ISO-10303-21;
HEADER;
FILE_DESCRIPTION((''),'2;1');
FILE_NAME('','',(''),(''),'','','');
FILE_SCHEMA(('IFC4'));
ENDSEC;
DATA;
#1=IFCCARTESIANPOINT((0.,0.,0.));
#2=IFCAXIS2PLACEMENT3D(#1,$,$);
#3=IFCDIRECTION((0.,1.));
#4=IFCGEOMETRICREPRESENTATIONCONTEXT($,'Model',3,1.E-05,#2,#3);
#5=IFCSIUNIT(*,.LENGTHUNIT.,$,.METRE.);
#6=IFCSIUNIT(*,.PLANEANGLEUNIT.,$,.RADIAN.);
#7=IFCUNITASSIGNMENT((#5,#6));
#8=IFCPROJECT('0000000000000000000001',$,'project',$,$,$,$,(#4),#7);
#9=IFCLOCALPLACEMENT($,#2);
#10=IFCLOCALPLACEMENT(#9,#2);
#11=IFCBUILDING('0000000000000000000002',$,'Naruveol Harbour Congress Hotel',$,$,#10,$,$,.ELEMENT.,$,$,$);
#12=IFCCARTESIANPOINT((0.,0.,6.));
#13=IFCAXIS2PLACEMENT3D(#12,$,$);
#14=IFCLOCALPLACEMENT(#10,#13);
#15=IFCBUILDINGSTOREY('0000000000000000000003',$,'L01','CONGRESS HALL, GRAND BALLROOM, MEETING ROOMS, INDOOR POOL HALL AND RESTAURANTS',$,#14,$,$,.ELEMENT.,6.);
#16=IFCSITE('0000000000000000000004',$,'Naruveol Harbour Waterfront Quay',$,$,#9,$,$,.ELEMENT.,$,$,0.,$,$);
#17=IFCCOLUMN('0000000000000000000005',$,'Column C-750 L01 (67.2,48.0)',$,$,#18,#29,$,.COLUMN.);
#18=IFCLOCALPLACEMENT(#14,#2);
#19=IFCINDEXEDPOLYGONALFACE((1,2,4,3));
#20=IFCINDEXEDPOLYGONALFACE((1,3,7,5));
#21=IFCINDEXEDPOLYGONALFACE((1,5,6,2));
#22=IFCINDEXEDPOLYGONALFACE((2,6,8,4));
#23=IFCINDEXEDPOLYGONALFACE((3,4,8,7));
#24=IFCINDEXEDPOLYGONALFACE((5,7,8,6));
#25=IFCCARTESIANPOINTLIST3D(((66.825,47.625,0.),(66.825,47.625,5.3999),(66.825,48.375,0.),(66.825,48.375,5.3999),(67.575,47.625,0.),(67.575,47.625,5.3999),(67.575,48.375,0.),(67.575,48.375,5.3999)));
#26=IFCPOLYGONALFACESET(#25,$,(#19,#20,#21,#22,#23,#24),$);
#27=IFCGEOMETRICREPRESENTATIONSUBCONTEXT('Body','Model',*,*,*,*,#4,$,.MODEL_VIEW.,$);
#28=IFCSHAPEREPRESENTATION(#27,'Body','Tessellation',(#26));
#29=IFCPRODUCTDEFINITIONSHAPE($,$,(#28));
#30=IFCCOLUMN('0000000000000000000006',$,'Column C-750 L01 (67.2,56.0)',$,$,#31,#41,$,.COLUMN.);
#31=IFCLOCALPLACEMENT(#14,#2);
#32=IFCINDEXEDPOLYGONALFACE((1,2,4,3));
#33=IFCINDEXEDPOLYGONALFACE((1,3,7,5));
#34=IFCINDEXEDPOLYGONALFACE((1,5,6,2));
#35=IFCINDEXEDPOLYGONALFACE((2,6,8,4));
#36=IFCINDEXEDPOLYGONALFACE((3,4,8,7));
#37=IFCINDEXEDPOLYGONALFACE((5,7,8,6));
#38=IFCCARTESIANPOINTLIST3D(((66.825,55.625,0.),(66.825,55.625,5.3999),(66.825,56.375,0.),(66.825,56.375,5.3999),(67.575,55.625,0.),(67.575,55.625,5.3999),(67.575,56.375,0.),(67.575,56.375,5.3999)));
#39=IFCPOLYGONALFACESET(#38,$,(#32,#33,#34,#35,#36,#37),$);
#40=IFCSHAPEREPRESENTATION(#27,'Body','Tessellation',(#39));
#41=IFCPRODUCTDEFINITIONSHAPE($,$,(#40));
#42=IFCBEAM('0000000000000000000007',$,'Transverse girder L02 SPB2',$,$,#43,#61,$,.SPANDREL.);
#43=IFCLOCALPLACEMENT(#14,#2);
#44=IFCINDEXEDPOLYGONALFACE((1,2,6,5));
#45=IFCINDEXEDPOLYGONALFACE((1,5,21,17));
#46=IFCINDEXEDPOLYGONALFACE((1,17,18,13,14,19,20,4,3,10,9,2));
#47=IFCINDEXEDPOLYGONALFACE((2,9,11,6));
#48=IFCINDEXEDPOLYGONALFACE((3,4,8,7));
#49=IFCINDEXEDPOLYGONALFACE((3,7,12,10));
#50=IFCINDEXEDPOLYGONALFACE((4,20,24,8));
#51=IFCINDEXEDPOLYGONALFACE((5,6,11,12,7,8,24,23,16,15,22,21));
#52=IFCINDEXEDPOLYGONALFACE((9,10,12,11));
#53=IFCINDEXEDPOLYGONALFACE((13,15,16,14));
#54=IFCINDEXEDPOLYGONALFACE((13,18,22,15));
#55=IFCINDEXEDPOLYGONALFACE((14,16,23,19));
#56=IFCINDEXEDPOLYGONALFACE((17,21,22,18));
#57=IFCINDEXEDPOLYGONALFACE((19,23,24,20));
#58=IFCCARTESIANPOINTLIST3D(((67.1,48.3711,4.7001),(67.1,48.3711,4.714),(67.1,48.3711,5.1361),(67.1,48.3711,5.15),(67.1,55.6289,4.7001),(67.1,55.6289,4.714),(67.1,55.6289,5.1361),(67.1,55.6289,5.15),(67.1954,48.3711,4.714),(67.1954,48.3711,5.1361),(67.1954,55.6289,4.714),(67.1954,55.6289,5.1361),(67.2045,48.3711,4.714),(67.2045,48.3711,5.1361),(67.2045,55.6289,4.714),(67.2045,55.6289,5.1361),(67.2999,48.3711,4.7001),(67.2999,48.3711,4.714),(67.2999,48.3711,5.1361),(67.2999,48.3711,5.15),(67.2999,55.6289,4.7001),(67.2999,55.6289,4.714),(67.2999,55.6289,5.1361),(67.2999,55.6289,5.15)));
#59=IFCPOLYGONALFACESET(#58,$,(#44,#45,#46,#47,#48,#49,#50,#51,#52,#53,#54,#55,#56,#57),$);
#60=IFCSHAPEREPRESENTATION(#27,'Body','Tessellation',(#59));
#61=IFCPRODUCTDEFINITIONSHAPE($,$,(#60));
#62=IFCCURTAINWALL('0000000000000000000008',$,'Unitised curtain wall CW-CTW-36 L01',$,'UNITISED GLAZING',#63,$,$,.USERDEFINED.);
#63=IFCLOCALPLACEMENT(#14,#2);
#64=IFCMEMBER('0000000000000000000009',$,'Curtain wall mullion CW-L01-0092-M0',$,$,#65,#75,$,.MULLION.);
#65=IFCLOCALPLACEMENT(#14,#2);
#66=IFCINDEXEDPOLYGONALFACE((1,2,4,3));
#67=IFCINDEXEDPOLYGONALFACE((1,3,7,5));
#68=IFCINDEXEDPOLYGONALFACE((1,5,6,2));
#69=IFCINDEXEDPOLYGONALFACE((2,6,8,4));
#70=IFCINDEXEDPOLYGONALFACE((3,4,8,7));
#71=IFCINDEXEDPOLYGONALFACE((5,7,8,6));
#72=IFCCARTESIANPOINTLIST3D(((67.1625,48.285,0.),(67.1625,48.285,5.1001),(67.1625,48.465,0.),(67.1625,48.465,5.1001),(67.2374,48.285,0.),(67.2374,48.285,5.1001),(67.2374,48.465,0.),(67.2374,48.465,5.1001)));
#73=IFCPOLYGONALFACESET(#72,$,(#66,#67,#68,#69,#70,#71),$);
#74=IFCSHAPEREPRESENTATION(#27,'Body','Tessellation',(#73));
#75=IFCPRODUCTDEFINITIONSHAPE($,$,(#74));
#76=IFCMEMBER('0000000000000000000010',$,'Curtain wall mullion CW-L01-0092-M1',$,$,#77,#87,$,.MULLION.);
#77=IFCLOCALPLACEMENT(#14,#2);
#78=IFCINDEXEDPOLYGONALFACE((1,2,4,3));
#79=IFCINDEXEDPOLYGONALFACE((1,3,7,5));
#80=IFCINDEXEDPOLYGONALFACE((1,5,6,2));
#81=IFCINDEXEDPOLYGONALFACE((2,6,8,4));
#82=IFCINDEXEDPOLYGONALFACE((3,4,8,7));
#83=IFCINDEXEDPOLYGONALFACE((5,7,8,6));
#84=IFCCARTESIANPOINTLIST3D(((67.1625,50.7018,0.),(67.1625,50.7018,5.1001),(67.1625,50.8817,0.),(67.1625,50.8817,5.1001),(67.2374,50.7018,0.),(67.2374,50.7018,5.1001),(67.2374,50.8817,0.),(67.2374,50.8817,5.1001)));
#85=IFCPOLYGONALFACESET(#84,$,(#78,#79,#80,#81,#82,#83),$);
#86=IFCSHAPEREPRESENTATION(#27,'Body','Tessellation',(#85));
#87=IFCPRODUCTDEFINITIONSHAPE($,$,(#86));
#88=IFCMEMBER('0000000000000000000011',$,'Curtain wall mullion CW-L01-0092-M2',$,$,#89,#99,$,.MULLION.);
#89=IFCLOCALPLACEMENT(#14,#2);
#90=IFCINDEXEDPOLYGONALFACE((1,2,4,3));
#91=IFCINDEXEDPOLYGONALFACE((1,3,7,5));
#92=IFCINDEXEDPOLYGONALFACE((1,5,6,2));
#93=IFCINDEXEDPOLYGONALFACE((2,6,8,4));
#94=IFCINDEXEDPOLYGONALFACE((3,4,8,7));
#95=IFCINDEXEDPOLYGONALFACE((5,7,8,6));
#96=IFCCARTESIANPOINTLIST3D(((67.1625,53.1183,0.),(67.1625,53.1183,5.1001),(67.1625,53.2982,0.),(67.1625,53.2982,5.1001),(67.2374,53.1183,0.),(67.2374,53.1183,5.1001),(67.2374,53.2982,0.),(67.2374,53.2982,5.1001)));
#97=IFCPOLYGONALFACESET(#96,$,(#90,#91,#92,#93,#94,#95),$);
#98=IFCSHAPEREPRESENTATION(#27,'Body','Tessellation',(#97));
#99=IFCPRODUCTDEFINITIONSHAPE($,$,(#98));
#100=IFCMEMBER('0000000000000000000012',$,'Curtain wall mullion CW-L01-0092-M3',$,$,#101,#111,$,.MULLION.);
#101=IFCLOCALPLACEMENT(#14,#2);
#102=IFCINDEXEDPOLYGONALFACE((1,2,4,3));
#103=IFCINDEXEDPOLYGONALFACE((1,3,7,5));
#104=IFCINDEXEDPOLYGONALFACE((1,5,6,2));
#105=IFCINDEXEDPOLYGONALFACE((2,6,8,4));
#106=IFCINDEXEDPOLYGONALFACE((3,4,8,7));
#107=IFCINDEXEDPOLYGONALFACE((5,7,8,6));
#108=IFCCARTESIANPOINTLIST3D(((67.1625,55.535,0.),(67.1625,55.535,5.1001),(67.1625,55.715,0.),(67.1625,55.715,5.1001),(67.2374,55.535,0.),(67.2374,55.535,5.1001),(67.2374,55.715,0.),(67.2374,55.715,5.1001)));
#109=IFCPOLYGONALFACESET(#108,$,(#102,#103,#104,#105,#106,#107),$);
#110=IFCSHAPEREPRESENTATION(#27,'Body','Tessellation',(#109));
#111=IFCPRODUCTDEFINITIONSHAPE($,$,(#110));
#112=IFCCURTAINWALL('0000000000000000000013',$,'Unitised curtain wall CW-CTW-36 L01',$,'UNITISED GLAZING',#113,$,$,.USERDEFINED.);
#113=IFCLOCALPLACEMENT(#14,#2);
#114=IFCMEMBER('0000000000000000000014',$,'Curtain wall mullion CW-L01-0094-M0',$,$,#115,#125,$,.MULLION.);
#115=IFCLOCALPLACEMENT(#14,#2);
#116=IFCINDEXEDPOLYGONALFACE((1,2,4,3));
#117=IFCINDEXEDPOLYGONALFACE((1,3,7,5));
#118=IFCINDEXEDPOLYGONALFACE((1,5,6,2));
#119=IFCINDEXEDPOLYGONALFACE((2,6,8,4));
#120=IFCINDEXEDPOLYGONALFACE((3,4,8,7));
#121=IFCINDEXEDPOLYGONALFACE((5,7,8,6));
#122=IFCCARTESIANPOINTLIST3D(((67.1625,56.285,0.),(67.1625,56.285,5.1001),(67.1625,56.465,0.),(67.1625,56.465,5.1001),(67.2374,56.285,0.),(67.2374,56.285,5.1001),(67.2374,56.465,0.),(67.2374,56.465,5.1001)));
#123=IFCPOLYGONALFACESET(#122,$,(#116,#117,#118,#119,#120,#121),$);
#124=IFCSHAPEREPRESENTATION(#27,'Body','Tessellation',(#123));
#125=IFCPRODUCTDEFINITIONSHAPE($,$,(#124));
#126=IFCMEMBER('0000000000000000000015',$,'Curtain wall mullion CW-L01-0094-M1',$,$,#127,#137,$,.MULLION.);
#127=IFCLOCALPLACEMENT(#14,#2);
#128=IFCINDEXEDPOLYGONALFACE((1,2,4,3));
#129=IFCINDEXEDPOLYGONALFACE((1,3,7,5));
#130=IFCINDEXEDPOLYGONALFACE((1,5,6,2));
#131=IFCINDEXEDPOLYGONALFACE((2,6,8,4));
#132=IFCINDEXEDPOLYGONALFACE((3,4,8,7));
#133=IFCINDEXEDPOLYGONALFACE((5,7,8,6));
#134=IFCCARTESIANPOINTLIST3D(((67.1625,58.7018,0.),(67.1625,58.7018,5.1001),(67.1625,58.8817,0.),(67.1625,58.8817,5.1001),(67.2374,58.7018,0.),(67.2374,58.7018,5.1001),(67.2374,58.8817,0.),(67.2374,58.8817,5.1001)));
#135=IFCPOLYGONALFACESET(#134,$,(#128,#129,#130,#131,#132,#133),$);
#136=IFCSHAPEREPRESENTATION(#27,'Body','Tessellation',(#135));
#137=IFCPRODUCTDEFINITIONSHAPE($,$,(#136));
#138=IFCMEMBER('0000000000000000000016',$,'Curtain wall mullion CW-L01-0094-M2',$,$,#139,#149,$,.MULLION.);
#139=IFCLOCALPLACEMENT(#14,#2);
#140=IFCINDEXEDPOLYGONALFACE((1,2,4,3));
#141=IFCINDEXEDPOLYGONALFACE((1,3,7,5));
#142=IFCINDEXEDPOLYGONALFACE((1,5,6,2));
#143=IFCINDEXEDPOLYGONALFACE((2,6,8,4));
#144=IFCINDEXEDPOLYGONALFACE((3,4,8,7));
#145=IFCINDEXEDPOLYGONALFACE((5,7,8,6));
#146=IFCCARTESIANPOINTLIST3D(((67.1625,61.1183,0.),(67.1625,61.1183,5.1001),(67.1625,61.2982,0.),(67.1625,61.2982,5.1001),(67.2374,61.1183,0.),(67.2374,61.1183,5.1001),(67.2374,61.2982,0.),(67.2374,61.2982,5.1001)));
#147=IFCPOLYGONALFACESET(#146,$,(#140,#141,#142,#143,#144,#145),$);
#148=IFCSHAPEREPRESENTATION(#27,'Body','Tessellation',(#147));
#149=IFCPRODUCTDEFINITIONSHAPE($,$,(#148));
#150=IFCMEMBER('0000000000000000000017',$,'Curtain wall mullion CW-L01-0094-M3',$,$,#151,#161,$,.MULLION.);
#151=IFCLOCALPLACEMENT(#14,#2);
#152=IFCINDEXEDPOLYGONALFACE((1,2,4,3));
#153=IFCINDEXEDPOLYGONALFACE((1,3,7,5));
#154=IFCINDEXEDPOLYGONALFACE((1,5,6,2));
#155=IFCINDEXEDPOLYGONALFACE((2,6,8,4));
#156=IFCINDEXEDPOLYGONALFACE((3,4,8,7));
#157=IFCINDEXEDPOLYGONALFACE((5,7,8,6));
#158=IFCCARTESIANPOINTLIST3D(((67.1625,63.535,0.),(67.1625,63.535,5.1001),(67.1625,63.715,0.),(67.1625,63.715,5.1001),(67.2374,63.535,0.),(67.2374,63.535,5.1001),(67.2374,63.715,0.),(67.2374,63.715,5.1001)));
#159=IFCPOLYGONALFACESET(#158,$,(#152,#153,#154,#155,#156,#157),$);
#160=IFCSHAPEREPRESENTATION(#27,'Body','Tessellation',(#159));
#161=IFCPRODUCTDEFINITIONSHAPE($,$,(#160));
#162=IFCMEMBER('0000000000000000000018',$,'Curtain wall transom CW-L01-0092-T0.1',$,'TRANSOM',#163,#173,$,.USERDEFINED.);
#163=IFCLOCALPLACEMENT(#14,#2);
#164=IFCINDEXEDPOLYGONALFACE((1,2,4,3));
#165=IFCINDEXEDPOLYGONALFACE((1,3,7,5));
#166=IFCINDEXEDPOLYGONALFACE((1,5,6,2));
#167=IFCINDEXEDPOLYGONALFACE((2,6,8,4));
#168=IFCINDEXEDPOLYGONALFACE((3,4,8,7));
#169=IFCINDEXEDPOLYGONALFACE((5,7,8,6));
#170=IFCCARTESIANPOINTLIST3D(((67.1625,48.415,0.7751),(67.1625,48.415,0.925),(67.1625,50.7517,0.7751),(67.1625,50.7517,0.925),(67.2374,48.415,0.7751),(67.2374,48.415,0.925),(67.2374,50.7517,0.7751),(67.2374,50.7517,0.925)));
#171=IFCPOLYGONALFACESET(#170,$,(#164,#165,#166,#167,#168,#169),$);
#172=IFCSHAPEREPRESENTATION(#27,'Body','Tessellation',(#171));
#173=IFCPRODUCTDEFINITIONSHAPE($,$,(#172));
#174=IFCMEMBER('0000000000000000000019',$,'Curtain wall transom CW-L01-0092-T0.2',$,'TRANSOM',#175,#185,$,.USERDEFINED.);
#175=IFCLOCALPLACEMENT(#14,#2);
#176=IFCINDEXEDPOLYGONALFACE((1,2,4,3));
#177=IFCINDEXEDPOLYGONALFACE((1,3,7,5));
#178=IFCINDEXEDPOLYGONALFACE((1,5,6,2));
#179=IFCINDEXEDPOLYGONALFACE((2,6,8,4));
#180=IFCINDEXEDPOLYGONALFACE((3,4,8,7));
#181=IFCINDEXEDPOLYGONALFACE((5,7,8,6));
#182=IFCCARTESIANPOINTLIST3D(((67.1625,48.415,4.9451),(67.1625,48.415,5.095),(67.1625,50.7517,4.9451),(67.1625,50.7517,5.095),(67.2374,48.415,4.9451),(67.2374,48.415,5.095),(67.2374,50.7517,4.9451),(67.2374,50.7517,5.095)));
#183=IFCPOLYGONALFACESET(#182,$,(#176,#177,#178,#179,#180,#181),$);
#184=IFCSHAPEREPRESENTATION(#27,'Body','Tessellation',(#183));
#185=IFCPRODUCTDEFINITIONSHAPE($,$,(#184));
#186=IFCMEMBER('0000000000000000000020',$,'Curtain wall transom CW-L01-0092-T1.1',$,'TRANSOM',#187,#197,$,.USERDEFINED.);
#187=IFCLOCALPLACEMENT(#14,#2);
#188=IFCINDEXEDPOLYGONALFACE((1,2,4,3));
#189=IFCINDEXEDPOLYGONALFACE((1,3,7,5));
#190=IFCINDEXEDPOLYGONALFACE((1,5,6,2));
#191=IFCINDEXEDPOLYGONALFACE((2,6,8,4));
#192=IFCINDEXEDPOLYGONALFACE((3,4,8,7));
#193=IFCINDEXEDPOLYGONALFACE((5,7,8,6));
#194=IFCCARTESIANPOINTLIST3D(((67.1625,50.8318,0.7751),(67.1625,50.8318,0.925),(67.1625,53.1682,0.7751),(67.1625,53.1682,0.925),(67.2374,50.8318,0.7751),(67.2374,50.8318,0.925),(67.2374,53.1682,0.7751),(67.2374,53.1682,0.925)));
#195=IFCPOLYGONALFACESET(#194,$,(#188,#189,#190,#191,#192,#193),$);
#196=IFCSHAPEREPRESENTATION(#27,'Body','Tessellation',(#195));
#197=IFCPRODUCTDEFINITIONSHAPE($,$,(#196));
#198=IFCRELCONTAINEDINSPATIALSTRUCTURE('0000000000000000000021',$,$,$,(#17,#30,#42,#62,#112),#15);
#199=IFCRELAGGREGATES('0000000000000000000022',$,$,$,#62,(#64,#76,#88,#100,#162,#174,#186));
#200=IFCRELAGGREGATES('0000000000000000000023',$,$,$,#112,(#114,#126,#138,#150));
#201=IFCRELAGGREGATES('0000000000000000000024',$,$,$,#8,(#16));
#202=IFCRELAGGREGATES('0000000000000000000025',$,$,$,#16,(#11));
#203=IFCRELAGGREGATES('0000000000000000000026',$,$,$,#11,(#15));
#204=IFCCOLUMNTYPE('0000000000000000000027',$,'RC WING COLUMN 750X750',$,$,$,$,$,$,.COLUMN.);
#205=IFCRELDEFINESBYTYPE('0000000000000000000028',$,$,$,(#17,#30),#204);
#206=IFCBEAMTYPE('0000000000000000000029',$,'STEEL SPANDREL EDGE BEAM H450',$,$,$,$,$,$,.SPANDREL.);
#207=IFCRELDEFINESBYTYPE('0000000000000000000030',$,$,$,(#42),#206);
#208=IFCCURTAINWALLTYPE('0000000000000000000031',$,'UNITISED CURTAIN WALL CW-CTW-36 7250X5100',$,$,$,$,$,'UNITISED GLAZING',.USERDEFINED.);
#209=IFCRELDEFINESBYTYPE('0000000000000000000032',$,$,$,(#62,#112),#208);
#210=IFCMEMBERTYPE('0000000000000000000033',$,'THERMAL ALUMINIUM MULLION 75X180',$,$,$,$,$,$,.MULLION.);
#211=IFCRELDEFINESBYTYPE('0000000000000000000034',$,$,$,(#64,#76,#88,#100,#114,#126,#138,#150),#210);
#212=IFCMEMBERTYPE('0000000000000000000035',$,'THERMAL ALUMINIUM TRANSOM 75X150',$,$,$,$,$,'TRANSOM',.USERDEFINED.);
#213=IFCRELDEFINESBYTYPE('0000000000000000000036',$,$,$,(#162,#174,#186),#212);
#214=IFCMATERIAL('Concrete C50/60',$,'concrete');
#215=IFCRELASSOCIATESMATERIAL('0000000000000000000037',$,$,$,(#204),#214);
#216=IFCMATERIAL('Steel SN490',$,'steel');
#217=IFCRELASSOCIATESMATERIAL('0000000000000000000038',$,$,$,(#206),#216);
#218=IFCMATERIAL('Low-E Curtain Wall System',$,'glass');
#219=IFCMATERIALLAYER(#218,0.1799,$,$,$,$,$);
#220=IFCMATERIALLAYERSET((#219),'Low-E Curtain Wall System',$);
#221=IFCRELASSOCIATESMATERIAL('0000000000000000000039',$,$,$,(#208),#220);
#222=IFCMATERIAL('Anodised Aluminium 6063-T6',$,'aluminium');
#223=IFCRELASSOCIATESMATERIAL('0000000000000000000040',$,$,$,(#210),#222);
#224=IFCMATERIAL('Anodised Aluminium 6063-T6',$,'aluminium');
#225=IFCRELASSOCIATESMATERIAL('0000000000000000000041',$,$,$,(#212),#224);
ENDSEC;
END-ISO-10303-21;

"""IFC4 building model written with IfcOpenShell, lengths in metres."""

from ifc_helpers import new_model, si_unit, direction, frame, origin, origin_2d, place, context, subcontext, project, spatial, rectangle, i_section, extrude, material, layer, layer_set, material_profile, profile_set, type_object, element, aggregate, save


model = new_model("IFC4")

# Units and contexts
model_context = context("Model", 3, precision=1e-05, world=origin(), true_north=direction((0.0, 1.0)))
body_context = subcontext(model_context, "Body", "Model", "MODEL_VIEW")
ifc_project = project(units=[si_unit("LENGTHUNIT", "METRE"), si_unit("PLANEANGLEUNIT", "RADIAN")], contexts=[model_context])

# Site, building, storey
site_placement = place(None, origin())
site = spatial("IfcSite", under=ifc_project, at=site_placement, Name="Naruveol Harbour Waterfront Quay", CompositionType="ELEMENT", RefElevation=0.0)
building_placement = place(site_placement, origin())
building = spatial("IfcBuilding", under=site, at=building_placement, Name="Naruveol Harbour Congress Hotel", CompositionType="ELEMENT")
storey_placement = place(building_placement, frame((0.0, 0.0, 6.0)))
storey = spatial("IfcBuildingStorey", under=building, at=storey_placement, Name="L01", Description="CONGRESS HALL, GRAND BALLROOM, MEETING ROOMS, INDOOR POOL HALL AND RESTAURANTS", CompositionType="ELEMENT", Elevation=6.0)

# Columns
ifc_material_1 = material(Name="Concrete C50/60", Category="concrete")
ifc_material_profile_1 = material_profile(ifc_material_1, rectangle(XDim=0.75, YDim=0.75, at=origin_2d()), Name="RC-750x750")
ifc_profile_set_1 = profile_set([ifc_material_profile_1], Name="Concrete C50/60")
column_type = type_object("IfcColumnType", Name="RC WING COLUMN 750X750", PredefinedType="COLUMN", material=ifc_profile_set_1)
for number, where, z_axis, x_axis, name in (
    (1, (67.2, 48.0, 0.0), (0.0, 0.0, 1.0), (1.0, 0.0, 0.0), "Column C-750 L01 (67.2,48.0)"),
    (2, (67.2, 56.0, 0.0), (0.0, 0.0, 1.0), (1.0, 0.0, 0.0), "Column C-750 L01 (67.2,56.0)"),
):
    element("IfcColumn", number, at=place(storey_placement, frame(where, z_axis=z_axis, x_axis=x_axis)), inside=storey, type_object=column_type, Name=name, PredefinedType="COLUMN", context=body_context, shape_type="SweptSolid", body=[
        extrude(rectangle(XDim=0.75, YDim=0.75, at=origin_2d()), origin(), (0.0, 0.0, 1.0), 5.3999),
    ])

# Beam
ifc_material_2 = material(Name="Steel SN490", Category="steel")
ifc_material_profile_2 = material_profile(ifc_material_2, i_section(OverallWidth=0.2, OverallDepth=0.45, WebThickness=0.009, FlangeThickness=0.0139, at=origin_2d()), Name="H-450x200x9x14")
ifc_profile_set_2 = profile_set([ifc_material_profile_2], Name="Steel SN490")
beam_type = type_object("IfcBeamType", Name="STEEL SPANDREL EDGE BEAM H450", PredefinedType="SPANDREL", material=ifc_profile_set_2)
beam_placement = place(storey_placement, frame((67.2, 48.3711, 4.925), z_axis=(0.0, 1.0, 0.0), x_axis=(-1.0, 0.0, 0.0)))
element("IfcBeam", 3, at=beam_placement, inside=storey, type_object=beam_type, Name="Transverse girder L02 SPB2", PredefinedType="SPANDREL", context=body_context, shape_type="SweptSolid", body=[
    extrude(i_section(OverallWidth=0.2, OverallDepth=0.45, WebThickness=0.009, FlangeThickness=0.0139, at=origin_2d()), origin(), (0.0, 0.0, 1.0), 7.2578),
])

# Curtain walls, members
ifc_material_3 = material(Name="Low-E Curtain Wall System", Category="glass")
ifc_layer_1 = layer(ifc_material_3, 0.1799)
ifc_layer_set_1 = layer_set([ifc_layer_1], Name="Low-E Curtain Wall System")
curtain_wall_type_1 = type_object("IfcCurtainWallType", Name="UNITISED CURTAIN WALL CW-CTW-36 7250X5100", ElementType="UNITISED GLAZING", PredefinedType="USERDEFINED", material=ifc_layer_set_1)
curtain_wall_1_placement = place(storey_placement, origin())
curtain_wall_1 = element("IfcCurtainWall", 4, at=curtain_wall_1_placement, inside=storey, type_object=curtain_wall_type_1, Name="Unitised curtain wall CW-CTW-36 L01", ObjectType="UNITISED GLAZING", PredefinedType="USERDEFINED")
ifc_material_4 = material(Name="Anodised Aluminium 6063-T6", Category="aluminium")
ifc_material_profile_3 = material_profile(ifc_material_4, rectangle(XDim=0.075, YDim=0.1799, at=origin_2d()), Name="ALU-75x180")
ifc_profile_set_3 = profile_set([ifc_material_profile_3], Name="Anodised Aluminium 6063-T6")
member_type_1 = type_object("IfcMemberType", Name="THERMAL ALUMINIUM MULLION 75X180", PredefinedType="MULLION", material=ifc_profile_set_3)
member_1_placement = place(storey_placement, frame((67.2, 48.375, 0.0), z_axis=(0.0, 0.0, 1.0), x_axis=(1.0, 0.0, 0.0)))
member_1 = element("IfcMember", 5, at=member_1_placement, type_object=member_type_1, Name="Curtain wall mullion CW-L01-0092-M0", PredefinedType="MULLION", context=body_context, shape_type="SweptSolid", body=[
    extrude(rectangle(XDim=0.075, YDim=0.1799, at=origin_2d()), origin(), (0.0, 0.0, 1.0), 5.1001),
])
member_2_placement = place(storey_placement, frame((67.2, 50.7917, 0.0), z_axis=(0.0, 0.0, 1.0), x_axis=(1.0, 0.0, 0.0)))
member_2 = element("IfcMember", 6, at=member_2_placement, type_object=member_type_1, Name="Curtain wall mullion CW-L01-0092-M1", PredefinedType="MULLION", context=body_context, shape_type="SweptSolid", body=[
    extrude(rectangle(XDim=0.075, YDim=0.1799, at=origin_2d()), origin(), (0.0, 0.0, 1.0), 5.1001),
])
member_3_placement = place(storey_placement, frame((67.2, 53.2083, 0.0), z_axis=(0.0, 0.0, 1.0), x_axis=(1.0, 0.0, 0.0)))
member_3 = element("IfcMember", 7, at=member_3_placement, type_object=member_type_1, Name="Curtain wall mullion CW-L01-0092-M2", PredefinedType="MULLION", context=body_context, shape_type="SweptSolid", body=[
    extrude(rectangle(XDim=0.075, YDim=0.1799, at=origin_2d()), origin(), (0.0, 0.0, 1.0), 5.1001),
])
member_4_placement = place(storey_placement, frame((67.2, 55.625, 0.0), z_axis=(0.0, 0.0, 1.0), x_axis=(1.0, 0.0, 0.0)))
member_4 = element("IfcMember", 8, at=member_4_placement, type_object=member_type_1, Name="Curtain wall mullion CW-L01-0092-M3", PredefinedType="MULLION", context=body_context, shape_type="SweptSolid", body=[
    extrude(rectangle(XDim=0.075, YDim=0.1799, at=origin_2d()), origin(), (0.0, 0.0, 1.0), 5.1001),
])
curtain_wall_2_placement = place(storey_placement, origin())
curtain_wall_2 = element("IfcCurtainWall", 9, at=curtain_wall_2_placement, inside=storey, type_object=curtain_wall_type_1, Name="Unitised curtain wall CW-CTW-36 L01", ObjectType="UNITISED GLAZING", PredefinedType="USERDEFINED")
member_5_placement = place(storey_placement, frame((67.2, 56.375, 0.0), z_axis=(0.0, 0.0, 1.0), x_axis=(1.0, 0.0, 0.0)))
member_5 = element("IfcMember", 10, at=member_5_placement, type_object=member_type_1, Name="Curtain wall mullion CW-L01-0094-M0", PredefinedType="MULLION", context=body_context, shape_type="SweptSolid", body=[
    extrude(rectangle(XDim=0.075, YDim=0.1799, at=origin_2d()), origin(), (0.0, 0.0, 1.0), 5.1001),
])
member_6_placement = place(storey_placement, frame((67.2, 58.7917, 0.0), z_axis=(0.0, 0.0, 1.0), x_axis=(1.0, 0.0, 0.0)))
member_6 = element("IfcMember", 11, at=member_6_placement, type_object=member_type_1, Name="Curtain wall mullion CW-L01-0094-M1", PredefinedType="MULLION", context=body_context, shape_type="SweptSolid", body=[
    extrude(rectangle(XDim=0.075, YDim=0.1799, at=origin_2d()), origin(), (0.0, 0.0, 1.0), 5.1001),
])
member_7_placement = place(storey_placement, frame((67.2, 61.2083, 0.0), z_axis=(0.0, 0.0, 1.0), x_axis=(1.0, 0.0, 0.0)))
member_7 = element("IfcMember", 12, at=member_7_placement, type_object=member_type_1, Name="Curtain wall mullion CW-L01-0094-M2", PredefinedType="MULLION", context=body_context, shape_type="SweptSolid", body=[
    extrude(rectangle(XDim=0.075, YDim=0.1799, at=origin_2d()), origin(), (0.0, 0.0, 1.0), 5.1001),
])
member_8_placement = place(storey_placement, frame((67.2, 63.625, 0.0), z_axis=(0.0, 0.0, 1.0), x_axis=(1.0, 0.0, 0.0)))
member_8 = element("IfcMember", 13, at=member_8_placement, type_object=member_type_1, Name="Curtain wall mullion CW-L01-0094-M3", PredefinedType="MULLION", context=body_context, shape_type="SweptSolid", body=[
    extrude(rectangle(XDim=0.075, YDim=0.1799, at=origin_2d()), origin(), (0.0, 0.0, 1.0), 5.1001),
])

# Members
ifc_material_5 = material(Name="Anodised Aluminium 6063-T6", Category="aluminium")
ifc_material_profile_4 = material_profile(ifc_material_5, rectangle(XDim=0.075, YDim=0.1499, at=origin_2d()), Name="ALU-75x150")
ifc_profile_set_4 = profile_set([ifc_material_profile_4], Name="Anodised Aluminium 6063-T6")
member_type_2 = type_object("IfcMemberType", Name="THERMAL ALUMINIUM TRANSOM 75X150", ElementType="TRANSOM", PredefinedType="USERDEFINED", material=ifc_profile_set_4)
member_9_placement = place(storey_placement, frame((67.2, 48.415, 0.8501), z_axis=(0.0, 1.0, 0.0), x_axis=(-1.0, 0.0, 0.0)))
member_9 = element("IfcMember", 14, at=member_9_placement, type_object=member_type_2, Name="Curtain wall transom CW-L01-0092-T0.1", ObjectType="TRANSOM", PredefinedType="USERDEFINED", context=body_context, shape_type="SweptSolid", body=[
    extrude(rectangle(XDim=0.075, YDim=0.1499, at=origin_2d()), origin(), (0.0, 0.0, 1.0), 2.3367),
])
member_10_placement = place(storey_placement, frame((67.2, 48.415, 5.02), z_axis=(0.0, 1.0, 0.0), x_axis=(-1.0, 0.0, 0.0)))
member_10 = element("IfcMember", 15, at=member_10_placement, type_object=member_type_2, Name="Curtain wall transom CW-L01-0092-T0.2", ObjectType="TRANSOM", PredefinedType="USERDEFINED", context=body_context, shape_type="SweptSolid", body=[
    extrude(rectangle(XDim=0.075, YDim=0.1499, at=origin_2d()), origin(), (0.0, 0.0, 1.0), 2.3367),
])
member_11_placement = place(storey_placement, frame((67.2, 50.8318, 0.8501), z_axis=(0.0, 1.0, 0.0), x_axis=(-1.0, 0.0, 0.0)))
member_11 = element("IfcMember", 16, at=member_11_placement, type_object=member_type_2, Name="Curtain wall transom CW-L01-0092-T1.1", ObjectType="TRANSOM", PredefinedType="USERDEFINED", context=body_context, shape_type="SweptSolid", body=[
    extrude(rectangle(XDim=0.075, YDim=0.1499, at=origin_2d()), origin(), (0.0, 0.0, 1.0), 2.3364),
])
aggregate(curtain_wall_1, [member_1, member_2, member_3, member_4, member_9, member_10, member_11])

aggregate(curtain_wall_2, [member_5, member_6, member_7, member_8])

save(model, "model.ifc")
